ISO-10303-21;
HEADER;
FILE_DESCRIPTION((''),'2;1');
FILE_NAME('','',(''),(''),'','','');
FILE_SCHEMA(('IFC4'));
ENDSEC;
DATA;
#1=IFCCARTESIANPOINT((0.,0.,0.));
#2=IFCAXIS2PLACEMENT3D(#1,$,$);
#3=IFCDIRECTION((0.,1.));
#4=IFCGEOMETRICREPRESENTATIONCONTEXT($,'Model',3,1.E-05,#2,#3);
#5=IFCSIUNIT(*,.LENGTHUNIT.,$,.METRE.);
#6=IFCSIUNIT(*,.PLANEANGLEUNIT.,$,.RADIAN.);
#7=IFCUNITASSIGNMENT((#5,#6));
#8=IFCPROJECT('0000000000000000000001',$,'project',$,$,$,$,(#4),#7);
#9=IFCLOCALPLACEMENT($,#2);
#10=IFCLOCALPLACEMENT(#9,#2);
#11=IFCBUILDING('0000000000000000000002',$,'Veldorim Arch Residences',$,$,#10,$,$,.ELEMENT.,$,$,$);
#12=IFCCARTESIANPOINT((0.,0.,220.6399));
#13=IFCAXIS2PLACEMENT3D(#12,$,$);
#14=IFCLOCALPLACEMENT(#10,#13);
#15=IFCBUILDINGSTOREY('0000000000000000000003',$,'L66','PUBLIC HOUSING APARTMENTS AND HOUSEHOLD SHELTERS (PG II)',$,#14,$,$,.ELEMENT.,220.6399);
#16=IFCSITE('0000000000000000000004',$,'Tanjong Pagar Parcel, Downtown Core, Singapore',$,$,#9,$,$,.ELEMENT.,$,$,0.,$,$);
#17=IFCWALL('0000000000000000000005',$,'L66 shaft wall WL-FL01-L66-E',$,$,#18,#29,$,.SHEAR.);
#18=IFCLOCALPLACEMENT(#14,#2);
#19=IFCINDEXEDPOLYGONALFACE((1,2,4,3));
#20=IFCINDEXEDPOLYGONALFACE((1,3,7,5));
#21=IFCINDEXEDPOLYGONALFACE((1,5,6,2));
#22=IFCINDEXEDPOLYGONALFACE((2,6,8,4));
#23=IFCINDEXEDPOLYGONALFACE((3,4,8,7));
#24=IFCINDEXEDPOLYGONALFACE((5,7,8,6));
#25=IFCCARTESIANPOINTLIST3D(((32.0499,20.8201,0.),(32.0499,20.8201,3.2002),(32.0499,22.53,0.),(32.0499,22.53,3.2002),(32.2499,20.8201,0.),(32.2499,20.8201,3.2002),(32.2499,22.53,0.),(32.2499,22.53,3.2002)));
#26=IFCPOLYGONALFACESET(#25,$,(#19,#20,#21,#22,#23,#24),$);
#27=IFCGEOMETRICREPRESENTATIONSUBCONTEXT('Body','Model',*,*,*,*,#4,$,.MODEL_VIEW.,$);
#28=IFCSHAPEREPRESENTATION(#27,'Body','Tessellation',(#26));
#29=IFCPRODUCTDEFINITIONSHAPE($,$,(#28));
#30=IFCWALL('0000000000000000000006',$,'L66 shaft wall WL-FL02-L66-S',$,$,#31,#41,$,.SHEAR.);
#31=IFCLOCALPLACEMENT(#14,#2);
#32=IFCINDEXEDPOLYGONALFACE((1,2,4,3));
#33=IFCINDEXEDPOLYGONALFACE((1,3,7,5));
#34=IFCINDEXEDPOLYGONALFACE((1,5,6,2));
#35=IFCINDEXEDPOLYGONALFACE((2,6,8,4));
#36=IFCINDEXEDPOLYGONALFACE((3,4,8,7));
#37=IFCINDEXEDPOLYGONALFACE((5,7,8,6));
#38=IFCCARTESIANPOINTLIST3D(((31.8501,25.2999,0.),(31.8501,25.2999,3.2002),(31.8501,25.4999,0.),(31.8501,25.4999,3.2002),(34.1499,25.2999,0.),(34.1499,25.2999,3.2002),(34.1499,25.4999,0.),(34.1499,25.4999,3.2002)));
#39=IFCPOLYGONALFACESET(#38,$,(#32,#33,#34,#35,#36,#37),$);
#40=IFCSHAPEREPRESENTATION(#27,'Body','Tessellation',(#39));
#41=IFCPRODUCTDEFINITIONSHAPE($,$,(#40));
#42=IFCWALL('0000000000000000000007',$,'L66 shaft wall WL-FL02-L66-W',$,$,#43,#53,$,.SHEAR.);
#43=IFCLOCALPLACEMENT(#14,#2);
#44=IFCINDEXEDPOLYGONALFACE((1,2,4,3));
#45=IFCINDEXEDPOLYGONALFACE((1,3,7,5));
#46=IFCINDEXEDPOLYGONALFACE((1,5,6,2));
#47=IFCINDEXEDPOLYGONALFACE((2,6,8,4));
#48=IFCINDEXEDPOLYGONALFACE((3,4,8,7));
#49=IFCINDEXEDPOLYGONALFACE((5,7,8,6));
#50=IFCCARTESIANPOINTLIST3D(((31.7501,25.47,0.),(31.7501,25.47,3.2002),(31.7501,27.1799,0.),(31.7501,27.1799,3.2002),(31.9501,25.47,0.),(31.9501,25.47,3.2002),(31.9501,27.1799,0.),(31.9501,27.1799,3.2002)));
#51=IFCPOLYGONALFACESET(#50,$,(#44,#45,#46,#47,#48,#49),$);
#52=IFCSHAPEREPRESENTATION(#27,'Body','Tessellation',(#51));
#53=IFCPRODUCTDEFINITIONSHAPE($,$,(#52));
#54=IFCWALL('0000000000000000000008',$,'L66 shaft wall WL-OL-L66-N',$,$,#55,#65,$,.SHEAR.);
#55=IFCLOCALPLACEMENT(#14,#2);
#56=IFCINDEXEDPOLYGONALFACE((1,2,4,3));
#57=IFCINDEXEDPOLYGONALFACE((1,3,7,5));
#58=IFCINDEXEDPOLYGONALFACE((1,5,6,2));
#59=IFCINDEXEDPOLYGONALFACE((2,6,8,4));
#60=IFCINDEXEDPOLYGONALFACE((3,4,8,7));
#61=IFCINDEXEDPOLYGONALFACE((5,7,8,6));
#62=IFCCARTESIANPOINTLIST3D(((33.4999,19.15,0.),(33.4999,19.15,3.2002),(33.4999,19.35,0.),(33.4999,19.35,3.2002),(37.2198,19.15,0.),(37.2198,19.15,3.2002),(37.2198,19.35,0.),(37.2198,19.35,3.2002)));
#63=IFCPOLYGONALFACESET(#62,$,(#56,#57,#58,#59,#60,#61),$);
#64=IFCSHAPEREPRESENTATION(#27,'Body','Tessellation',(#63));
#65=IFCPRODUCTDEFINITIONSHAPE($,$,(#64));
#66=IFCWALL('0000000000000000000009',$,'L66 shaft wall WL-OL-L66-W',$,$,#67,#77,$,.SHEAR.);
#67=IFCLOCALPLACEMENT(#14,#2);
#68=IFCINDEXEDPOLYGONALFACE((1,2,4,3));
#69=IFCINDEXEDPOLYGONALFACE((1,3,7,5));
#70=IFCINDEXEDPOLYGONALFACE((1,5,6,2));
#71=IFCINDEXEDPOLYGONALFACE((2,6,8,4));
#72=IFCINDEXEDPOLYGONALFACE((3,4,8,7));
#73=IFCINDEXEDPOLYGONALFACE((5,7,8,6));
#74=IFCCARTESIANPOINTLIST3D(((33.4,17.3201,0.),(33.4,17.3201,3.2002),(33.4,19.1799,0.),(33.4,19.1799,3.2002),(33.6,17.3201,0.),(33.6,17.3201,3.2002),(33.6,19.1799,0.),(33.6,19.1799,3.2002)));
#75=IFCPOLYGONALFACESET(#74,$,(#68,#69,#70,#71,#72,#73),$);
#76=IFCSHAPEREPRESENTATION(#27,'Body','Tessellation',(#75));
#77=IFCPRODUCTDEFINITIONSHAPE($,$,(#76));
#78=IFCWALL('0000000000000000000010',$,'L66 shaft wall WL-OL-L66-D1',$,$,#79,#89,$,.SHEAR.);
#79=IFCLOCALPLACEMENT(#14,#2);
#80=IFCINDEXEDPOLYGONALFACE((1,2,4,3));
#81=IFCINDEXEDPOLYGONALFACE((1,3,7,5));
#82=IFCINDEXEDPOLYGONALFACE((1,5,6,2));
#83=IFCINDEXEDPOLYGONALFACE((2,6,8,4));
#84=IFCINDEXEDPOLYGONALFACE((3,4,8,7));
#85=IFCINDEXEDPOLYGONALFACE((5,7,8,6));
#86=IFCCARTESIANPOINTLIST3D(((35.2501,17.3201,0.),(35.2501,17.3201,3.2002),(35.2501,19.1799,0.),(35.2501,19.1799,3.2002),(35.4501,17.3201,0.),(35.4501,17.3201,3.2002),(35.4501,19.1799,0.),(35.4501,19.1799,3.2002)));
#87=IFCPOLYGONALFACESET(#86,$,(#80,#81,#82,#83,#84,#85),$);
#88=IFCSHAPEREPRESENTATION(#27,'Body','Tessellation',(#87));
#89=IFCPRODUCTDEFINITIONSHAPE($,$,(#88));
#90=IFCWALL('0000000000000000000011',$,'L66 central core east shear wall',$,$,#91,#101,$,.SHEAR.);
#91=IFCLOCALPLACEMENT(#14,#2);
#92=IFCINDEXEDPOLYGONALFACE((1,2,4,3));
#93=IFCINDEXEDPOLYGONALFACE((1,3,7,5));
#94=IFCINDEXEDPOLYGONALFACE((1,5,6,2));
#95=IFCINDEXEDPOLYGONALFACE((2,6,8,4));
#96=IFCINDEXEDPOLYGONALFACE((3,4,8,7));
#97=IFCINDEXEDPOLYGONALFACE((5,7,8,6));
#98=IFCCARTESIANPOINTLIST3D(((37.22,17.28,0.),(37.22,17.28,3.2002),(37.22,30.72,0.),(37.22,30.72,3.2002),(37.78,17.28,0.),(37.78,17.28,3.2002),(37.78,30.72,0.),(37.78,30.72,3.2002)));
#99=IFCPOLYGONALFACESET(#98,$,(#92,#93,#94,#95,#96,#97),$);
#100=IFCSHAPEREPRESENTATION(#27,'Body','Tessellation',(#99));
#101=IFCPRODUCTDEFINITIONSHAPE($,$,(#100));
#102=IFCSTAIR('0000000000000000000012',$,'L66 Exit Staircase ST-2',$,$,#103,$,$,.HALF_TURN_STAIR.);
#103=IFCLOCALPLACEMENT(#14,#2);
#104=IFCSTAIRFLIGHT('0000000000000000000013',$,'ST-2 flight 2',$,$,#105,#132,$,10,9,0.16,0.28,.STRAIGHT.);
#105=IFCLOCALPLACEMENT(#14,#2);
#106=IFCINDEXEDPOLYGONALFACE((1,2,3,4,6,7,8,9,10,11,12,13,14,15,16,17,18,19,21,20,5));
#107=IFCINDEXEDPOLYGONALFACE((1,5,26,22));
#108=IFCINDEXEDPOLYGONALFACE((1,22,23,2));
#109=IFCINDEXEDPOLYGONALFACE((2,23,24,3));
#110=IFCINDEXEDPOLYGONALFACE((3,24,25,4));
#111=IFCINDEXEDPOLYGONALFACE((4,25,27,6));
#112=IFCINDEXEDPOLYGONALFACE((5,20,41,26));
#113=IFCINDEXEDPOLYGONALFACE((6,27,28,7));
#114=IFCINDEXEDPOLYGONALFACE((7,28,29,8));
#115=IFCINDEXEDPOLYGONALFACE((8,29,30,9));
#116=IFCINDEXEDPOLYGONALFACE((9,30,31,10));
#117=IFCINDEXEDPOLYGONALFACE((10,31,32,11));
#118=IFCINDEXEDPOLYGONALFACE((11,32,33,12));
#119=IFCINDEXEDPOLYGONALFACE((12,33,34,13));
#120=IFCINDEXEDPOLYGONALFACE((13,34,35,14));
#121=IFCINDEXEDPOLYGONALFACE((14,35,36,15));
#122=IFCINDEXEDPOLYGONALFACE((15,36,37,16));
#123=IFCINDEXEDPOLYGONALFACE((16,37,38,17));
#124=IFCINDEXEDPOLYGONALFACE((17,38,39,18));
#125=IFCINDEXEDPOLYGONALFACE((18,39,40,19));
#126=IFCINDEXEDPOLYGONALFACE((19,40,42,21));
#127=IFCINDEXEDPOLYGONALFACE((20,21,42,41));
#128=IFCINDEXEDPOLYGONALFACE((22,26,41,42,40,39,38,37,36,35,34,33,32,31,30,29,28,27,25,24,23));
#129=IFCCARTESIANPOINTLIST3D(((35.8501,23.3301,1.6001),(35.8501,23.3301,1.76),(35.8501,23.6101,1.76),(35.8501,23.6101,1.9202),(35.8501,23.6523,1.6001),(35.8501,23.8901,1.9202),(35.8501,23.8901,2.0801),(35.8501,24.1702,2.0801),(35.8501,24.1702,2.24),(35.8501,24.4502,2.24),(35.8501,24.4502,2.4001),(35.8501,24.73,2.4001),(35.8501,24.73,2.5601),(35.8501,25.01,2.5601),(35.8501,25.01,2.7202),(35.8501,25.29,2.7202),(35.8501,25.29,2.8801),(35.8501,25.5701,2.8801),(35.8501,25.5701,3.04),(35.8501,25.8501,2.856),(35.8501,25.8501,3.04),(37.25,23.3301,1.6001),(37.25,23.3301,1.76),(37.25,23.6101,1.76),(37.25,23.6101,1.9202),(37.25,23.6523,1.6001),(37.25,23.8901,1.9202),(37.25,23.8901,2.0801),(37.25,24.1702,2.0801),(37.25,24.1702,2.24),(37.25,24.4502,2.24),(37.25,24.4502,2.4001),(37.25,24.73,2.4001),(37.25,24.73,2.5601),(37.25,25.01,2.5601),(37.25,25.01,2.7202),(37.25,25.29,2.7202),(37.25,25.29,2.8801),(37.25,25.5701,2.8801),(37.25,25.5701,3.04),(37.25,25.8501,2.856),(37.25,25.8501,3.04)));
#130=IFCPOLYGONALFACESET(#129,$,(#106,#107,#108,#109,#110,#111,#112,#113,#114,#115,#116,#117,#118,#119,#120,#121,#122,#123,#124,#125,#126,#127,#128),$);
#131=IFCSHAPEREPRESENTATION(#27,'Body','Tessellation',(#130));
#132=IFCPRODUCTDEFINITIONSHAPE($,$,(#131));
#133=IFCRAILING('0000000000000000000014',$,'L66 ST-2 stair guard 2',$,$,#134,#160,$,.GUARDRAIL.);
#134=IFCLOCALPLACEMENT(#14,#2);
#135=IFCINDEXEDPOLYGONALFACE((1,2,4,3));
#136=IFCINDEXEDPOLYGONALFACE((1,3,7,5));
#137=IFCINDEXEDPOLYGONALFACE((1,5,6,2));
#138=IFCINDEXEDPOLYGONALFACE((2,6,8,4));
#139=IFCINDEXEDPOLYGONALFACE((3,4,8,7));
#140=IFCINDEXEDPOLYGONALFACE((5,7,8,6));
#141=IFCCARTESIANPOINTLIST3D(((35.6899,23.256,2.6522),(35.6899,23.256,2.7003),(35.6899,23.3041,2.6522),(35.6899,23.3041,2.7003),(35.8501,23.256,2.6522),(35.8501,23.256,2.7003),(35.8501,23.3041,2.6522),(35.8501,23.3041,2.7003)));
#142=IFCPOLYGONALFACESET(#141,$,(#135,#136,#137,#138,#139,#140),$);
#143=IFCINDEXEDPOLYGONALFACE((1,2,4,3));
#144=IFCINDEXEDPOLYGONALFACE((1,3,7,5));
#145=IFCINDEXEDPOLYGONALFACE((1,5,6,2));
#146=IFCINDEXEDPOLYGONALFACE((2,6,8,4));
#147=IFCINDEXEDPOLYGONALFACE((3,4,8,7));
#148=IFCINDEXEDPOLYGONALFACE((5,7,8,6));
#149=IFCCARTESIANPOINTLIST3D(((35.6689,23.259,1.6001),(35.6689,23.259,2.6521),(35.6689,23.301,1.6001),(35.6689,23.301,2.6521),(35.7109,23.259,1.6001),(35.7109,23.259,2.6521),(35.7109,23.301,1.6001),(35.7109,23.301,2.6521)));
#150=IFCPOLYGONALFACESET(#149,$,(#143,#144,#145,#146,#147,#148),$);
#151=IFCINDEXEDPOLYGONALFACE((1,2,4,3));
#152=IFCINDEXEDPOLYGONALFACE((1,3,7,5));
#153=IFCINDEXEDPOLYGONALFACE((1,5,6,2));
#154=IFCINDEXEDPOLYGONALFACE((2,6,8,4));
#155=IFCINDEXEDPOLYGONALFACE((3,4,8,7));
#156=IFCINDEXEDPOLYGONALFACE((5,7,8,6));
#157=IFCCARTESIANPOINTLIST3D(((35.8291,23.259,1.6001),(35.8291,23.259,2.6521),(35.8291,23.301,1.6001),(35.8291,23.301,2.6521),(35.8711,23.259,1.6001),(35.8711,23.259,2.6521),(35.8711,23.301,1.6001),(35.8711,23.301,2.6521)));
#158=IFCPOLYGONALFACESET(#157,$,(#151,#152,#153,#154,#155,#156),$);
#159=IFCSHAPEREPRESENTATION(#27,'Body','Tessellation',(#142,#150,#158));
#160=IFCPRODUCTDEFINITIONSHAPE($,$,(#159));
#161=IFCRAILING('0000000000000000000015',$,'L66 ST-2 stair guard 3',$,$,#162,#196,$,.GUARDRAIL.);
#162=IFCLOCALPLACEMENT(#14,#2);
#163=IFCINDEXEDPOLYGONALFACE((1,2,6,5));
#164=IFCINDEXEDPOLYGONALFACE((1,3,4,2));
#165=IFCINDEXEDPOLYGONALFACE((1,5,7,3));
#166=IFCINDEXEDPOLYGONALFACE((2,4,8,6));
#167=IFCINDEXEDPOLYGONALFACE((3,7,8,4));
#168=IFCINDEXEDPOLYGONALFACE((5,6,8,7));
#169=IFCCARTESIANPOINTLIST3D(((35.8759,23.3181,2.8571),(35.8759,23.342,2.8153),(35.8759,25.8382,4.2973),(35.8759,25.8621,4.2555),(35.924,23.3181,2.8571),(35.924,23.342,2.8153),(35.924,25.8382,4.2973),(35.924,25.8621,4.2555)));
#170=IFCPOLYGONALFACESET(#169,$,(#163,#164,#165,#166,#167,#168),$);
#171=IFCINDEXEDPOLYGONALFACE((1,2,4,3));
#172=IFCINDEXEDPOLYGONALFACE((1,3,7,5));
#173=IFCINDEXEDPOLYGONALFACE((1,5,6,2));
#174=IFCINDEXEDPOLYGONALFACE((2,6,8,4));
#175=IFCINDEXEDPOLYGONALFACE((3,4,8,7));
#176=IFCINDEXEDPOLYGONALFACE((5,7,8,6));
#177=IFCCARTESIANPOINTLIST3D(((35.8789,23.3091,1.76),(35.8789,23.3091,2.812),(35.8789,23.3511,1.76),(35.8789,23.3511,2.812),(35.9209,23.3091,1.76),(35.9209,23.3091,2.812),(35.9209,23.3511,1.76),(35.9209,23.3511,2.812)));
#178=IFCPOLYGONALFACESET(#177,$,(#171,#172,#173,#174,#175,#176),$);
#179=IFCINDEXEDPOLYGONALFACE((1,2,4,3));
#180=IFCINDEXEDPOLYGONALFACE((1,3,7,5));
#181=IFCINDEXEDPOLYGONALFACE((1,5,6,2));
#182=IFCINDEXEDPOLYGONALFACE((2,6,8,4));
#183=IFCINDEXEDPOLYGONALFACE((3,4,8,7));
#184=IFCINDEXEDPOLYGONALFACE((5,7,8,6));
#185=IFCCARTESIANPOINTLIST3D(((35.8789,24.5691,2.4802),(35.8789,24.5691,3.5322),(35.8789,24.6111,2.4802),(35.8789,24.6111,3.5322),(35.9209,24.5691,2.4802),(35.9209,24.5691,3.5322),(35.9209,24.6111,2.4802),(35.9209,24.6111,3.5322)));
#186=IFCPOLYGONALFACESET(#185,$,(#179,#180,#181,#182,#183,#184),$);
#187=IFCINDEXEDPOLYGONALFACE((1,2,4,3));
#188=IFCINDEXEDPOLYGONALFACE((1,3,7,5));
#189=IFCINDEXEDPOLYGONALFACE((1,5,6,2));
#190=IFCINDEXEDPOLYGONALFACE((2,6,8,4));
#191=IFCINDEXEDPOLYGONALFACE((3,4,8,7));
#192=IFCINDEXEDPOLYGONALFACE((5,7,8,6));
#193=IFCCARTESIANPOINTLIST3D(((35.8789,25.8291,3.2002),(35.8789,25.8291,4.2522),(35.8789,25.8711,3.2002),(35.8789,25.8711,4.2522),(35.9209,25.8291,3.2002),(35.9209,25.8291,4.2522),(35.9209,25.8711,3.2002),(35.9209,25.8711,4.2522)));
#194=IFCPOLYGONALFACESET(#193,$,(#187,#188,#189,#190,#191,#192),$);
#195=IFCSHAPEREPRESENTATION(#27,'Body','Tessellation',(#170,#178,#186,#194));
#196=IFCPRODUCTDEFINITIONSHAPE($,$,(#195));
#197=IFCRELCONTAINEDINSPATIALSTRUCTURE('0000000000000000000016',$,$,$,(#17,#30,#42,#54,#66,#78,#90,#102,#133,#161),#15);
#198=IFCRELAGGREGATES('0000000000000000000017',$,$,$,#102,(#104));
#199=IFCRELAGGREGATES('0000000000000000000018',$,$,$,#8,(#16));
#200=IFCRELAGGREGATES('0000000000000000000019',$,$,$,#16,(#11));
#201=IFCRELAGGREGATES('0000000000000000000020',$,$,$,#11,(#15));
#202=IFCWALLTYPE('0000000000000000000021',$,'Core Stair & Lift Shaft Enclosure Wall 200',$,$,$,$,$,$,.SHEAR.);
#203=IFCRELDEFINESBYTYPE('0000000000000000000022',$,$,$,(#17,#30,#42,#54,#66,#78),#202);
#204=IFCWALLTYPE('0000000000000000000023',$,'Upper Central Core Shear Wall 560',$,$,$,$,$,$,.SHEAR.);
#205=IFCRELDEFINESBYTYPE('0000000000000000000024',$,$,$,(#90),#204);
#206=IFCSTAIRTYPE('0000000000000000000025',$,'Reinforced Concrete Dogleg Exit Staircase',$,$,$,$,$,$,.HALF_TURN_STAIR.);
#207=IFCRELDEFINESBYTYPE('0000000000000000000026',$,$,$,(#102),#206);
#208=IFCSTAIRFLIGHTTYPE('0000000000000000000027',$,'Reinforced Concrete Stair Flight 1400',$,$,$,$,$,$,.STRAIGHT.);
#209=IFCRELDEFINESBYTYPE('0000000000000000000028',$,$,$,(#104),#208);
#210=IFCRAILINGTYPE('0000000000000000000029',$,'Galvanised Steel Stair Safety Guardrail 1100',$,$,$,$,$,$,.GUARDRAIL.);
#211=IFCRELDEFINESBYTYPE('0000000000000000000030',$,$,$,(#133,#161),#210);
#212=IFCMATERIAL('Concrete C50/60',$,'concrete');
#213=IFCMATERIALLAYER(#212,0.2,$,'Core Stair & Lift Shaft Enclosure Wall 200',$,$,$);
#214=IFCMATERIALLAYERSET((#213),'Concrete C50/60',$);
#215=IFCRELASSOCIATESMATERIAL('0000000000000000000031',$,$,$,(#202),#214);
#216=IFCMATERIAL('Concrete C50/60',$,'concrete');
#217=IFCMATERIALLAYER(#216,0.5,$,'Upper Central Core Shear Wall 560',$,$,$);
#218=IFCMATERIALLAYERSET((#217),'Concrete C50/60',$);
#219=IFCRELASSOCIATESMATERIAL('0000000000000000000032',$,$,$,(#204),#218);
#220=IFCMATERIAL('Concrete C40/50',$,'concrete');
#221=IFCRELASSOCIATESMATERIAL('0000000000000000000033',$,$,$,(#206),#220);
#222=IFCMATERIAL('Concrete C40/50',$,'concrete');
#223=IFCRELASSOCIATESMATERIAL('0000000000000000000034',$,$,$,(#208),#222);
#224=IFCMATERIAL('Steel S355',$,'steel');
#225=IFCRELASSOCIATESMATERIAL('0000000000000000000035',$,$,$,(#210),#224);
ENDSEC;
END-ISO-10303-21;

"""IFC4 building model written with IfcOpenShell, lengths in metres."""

from ifc_helpers import new_model, si_unit, direction, frame, frame_2d, origin, origin_2d, place, context, subcontext, project, spatial, polyline, rectangle, outline, extrude, material, layer, layer_set, type_object, element, aggregate, save


model = new_model("IFC4")

# Units and contexts
model_context = context("Model", 3, precision=1e-05, world=origin(), true_north=direction((0.0, 1.0)))
body_context = subcontext(model_context, "Body", "Model", "MODEL_VIEW")
ifc_project = project(units=[si_unit("LENGTHUNIT", "METRE"), si_unit("PLANEANGLEUNIT", "RADIAN")], contexts=[model_context])

# Site, building, storey
site_placement = place(None, origin())
site = spatial("IfcSite", under=ifc_project, at=site_placement, Name="Tanjong Pagar Parcel, Downtown Core, Singapore", CompositionType="ELEMENT", RefElevation=0.0)
building_placement = place(site_placement, origin())
building = spatial("IfcBuilding", under=site, at=building_placement, Name="Veldorim Arch Residences", CompositionType="ELEMENT")
storey_placement = place(building_placement, frame((0.0, 0.0, 220.6399)))
storey = spatial("IfcBuildingStorey", under=building, at=storey_placement, Name="L66", Description="PUBLIC HOUSING APARTMENTS AND HOUSEHOLD SHELTERS (PG II)", CompositionType="ELEMENT", Elevation=220.6399)

# Walls
ifc_material_1 = material(Name="Concrete C50/60", Category="concrete")
ifc_layer_1 = layer(ifc_material_1, 0.2, Name="Core Stair & Lift Shaft Enclosure Wall 200")
ifc_layer_set_1 = layer_set([ifc_layer_1], Name="Concrete C50/60")
wall_type_1 = type_object("IfcWallType", Name="Core Stair & Lift Shaft Enclosure Wall 200", PredefinedType="SHEAR", material=ifc_layer_set_1)
wall_1_placement = place(storey_placement, frame((32.1499, 20.8201, 0.0), z_axis=(0.0, 0.0, 1.0), x_axis=(0.0, 1.0, 0.0)))
element("IfcWall", 1, at=wall_1_placement, inside=storey, type_object=wall_type_1, Name="L66 shaft wall WL-FL01-L66-E", PredefinedType="SHEAR", context=body_context, shape_type="SweptSolid", body=[
    extrude(rectangle(XDim=1.71, YDim=0.2, at=frame_2d((0.855, 0.0))), origin(), (0.0, 0.0, 1.0), 3.2002),
])
wall_2_placement = place(storey_placement, frame((31.8501, 25.3999, 0.0), z_axis=(0.0, 0.0, 1.0), x_axis=(1.0, 0.0, 0.0)))
element("IfcWall", 2, at=wall_2_placement, inside=storey, type_object=wall_type_1, Name="L66 shaft wall WL-FL02-L66-S", PredefinedType="SHEAR", context=body_context, shape_type="SweptSolid", body=[
    extrude(rectangle(XDim=2.2998, YDim=0.2, at=frame_2d((1.1499, 0.0))), origin(), (0.0, 0.0, 1.0), 3.2002),
])
wall_3_placement = place(storey_placement, frame((31.8501, 25.47, 0.0), z_axis=(0.0, 0.0, 1.0), x_axis=(0.0, 1.0, 0.0)))
element("IfcWall", 3, at=wall_3_placement, inside=storey, type_object=wall_type_1, Name="L66 shaft wall WL-FL02-L66-W", PredefinedType="SHEAR", context=body_context, shape_type="SweptSolid", body=[
    extrude(rectangle(XDim=1.71, YDim=0.2, at=frame_2d((0.855, 0.0))), origin(), (0.0, 0.0, 1.0), 3.2002),
])
wall_4_placement = place(storey_placement, frame((33.5, 19.25, 0.0), z_axis=(0.0, 0.0, 1.0), x_axis=(1.0, 0.0, 0.0)))
element("IfcWall", 4, at=wall_4_placement, inside=storey, type_object=wall_type_1, Name="L66 shaft wall WL-OL-L66-N", PredefinedType="SHEAR", context=body_context, shape_type="SweptSolid", body=[
    extrude(rectangle(XDim=3.72, YDim=0.2, at=frame_2d((1.8599, 0.0))), origin(), (0.0, 0.0, 1.0), 3.2002),
])
for number, where, z_axis, x_axis, name in (
    (5, (33.5, 17.3201, 0.0), (0.0, 0.0, 1.0), (0.0, 1.0, 0.0), "L66 shaft wall WL-OL-L66-W"),
    (6, (35.3501, 17.3201, 0.0), (0.0, 0.0, 1.0), (0.0, 1.0, 0.0), "L66 shaft wall WL-OL-L66-D1"),
):
    element("IfcWall", number, at=place(storey_placement, frame(where, z_axis=z_axis, x_axis=x_axis)), inside=storey, type_object=wall_type_1, Name=name, PredefinedType="SHEAR", context=body_context, shape_type="SweptSolid", body=[
        extrude(rectangle(XDim=1.8599, YDim=0.2, at=frame_2d((0.9299, 0.0))), origin(), (0.0, 0.0, 1.0), 3.2002),
    ])
ifc_material_2 = material(Name="Concrete C50/60", Category="concrete")
ifc_layer_2 = layer(ifc_material_2, 0.5, Name="Upper Central Core Shear Wall 560")
ifc_layer_set_2 = layer_set([ifc_layer_2], Name="Concrete C50/60")
wall_type_2 = type_object("IfcWallType", Name="Upper Central Core Shear Wall 560", PredefinedType="SHEAR", material=ifc_layer_set_2)
wall_5_placement = place(storey_placement, frame((37.5, 17.28, 0.0), z_axis=(0.0, 0.0, 1.0), x_axis=(0.0, 1.0, 0.0)))
element("IfcWall", 7, at=wall_5_placement, inside=storey, type_object=wall_type_2, Name="L66 central core east shear wall", PredefinedType="SHEAR", context=body_context, shape_type="SweptSolid", body=[
    extrude(rectangle(XDim=13.4399, YDim=0.5601, at=frame_2d((6.72, 0.0))), origin(), (0.0, 0.0, 1.0), 3.2002),
])

# Stair, stair flight
ifc_material_3 = material(Name="Concrete C40/50", Category="concrete")
stair_type = type_object("IfcStairType", Name="Reinforced Concrete Dogleg Exit Staircase", PredefinedType="HALF_TURN_STAIR", material=ifc_material_3)
stair_placement = place(storey_placement, origin())
stair = element("IfcStair", 8, at=stair_placement, inside=storey, type_object=stair_type, Name="L66 Exit Staircase ST-2", PredefinedType="HALF_TURN_STAIR")
ifc_material_4 = material(Name="Concrete C40/50", Category="concrete")
stair_flight_type = type_object("IfcStairFlightType", Name="Reinforced Concrete Stair Flight 1400", PredefinedType="STRAIGHT", material=ifc_material_4)
stair_flight_placement = place(storey_placement, frame((36.55, 23.3301, 1.6001), z_axis=(0.0, 0.0, 1.0), x_axis=(0.0, 1.0, 0.0)))
stair_flight = element("IfcStairFlight", 9, at=stair_flight_placement, type_object=stair_flight_type, Name="ST-2 flight 2", NumberOfRisers=10, NumberOfTreads=9, PredefinedType="STRAIGHT", RiserHeight=0.16, TreadLength=0.28, context=body_context, shape_type="SweptSolid", body=[
    extrude(outline(polyline([(0.0, 0.0), (0.0, 0.1599), (0.28, 0.1599), (0.28, 0.3201), (0.5601, 0.3201), (0.5601, 0.48), (0.8401, 0.48), (0.8401, 0.6399), (1.1201, 0.6399), (1.1201, 0.8), (1.3999, 0.8), (1.3999, 0.96), (1.6799, 0.96), (1.6799, 1.1201), (1.96, 1.1201), (1.96, 1.28), (2.24, 1.28), (2.24, 1.4399), (2.52, 1.4399), (2.52, 1.6001), (2.52, 1.2559), (0.3223, 0.0), (0.0, 0.0)])), frame((0.0, 0.7, 0.0), z_axis=(0.0, -1.0, 0.0), x_axis=(1.0, 0.0, 0.0)), (0.0, 0.0, 1.0), 1.3999),
])
aggregate(stair, [stair_flight])

# Railings
ifc_material_5 = material(Name="Steel S355", Category="steel")
railing_type_1 = type_object("IfcRailingType", Name="Galvanised Steel Stair Safety Guardrail 1100", PredefinedType="GUARDRAIL", material=ifc_material_5)
railing_1_placement = place(storey_placement, frame((35.6899, 23.28, 1.6001)))
element("IfcRailing", 10, at=railing_1_placement, inside=storey, type_object=railing_type_1, Name="L66 ST-2 stair guard 2", PredefinedType="GUARDRAIL", context=body_context, shape_type="SweptSolid", body=[
    extrude(rectangle(XDim=0.0481, YDim=0.0481, at=origin_2d()), frame((0.0, 0.0, 1.0762), z_axis=(1.0, 0.0, 0.0), x_axis=(0.0, 1.0, 0.0)), (0.0, 0.0, 1.0), 0.1602),
    extrude(rectangle(XDim=0.042, YDim=0.042, at=origin_2d()), origin(), (0.0, 0.0, 1.0), 1.052),
    extrude(rectangle(XDim=0.042, YDim=0.042, at=origin_2d()), frame((0.1602, 0.0, 0.0)), (0.0, 0.0, 1.0), 1.052),
])
railing_2_placement = place(storey_placement, frame((35.8999, 23.3301, 1.76)))
element("IfcRailing", 11, at=railing_2_placement, inside=storey, type_object=railing_type_1, Name="L66 ST-2 stair guard 3", PredefinedType="GUARDRAIL", context=body_context, shape_type="SweptSolid", body=[
    extrude(rectangle(XDim=0.0481, YDim=0.0481, at=origin_2d()), frame((0.0, 0.0, 1.0762), z_axis=(0.0, 0.868217, 0.496184), x_axis=(-1.0, 0.0, 0.0)), (0.0, 0.0, 1.0), 2.9026),
    extrude(rectangle(XDim=0.042, YDim=0.042, at=origin_2d()), origin(), (0.0, 0.0, 1.0), 1.052),
    extrude(rectangle(XDim=0.042, YDim=0.042, at=origin_2d()), frame((0.0, 1.26, 0.7202)), (0.0, 0.0, 1.0), 1.052),
    extrude(rectangle(XDim=0.042, YDim=0.042, at=origin_2d()), frame((0.0, 2.52, 1.4402)), (0.0, 0.0, 1.0), 1.052),
])

save(model, "model.ifc")
